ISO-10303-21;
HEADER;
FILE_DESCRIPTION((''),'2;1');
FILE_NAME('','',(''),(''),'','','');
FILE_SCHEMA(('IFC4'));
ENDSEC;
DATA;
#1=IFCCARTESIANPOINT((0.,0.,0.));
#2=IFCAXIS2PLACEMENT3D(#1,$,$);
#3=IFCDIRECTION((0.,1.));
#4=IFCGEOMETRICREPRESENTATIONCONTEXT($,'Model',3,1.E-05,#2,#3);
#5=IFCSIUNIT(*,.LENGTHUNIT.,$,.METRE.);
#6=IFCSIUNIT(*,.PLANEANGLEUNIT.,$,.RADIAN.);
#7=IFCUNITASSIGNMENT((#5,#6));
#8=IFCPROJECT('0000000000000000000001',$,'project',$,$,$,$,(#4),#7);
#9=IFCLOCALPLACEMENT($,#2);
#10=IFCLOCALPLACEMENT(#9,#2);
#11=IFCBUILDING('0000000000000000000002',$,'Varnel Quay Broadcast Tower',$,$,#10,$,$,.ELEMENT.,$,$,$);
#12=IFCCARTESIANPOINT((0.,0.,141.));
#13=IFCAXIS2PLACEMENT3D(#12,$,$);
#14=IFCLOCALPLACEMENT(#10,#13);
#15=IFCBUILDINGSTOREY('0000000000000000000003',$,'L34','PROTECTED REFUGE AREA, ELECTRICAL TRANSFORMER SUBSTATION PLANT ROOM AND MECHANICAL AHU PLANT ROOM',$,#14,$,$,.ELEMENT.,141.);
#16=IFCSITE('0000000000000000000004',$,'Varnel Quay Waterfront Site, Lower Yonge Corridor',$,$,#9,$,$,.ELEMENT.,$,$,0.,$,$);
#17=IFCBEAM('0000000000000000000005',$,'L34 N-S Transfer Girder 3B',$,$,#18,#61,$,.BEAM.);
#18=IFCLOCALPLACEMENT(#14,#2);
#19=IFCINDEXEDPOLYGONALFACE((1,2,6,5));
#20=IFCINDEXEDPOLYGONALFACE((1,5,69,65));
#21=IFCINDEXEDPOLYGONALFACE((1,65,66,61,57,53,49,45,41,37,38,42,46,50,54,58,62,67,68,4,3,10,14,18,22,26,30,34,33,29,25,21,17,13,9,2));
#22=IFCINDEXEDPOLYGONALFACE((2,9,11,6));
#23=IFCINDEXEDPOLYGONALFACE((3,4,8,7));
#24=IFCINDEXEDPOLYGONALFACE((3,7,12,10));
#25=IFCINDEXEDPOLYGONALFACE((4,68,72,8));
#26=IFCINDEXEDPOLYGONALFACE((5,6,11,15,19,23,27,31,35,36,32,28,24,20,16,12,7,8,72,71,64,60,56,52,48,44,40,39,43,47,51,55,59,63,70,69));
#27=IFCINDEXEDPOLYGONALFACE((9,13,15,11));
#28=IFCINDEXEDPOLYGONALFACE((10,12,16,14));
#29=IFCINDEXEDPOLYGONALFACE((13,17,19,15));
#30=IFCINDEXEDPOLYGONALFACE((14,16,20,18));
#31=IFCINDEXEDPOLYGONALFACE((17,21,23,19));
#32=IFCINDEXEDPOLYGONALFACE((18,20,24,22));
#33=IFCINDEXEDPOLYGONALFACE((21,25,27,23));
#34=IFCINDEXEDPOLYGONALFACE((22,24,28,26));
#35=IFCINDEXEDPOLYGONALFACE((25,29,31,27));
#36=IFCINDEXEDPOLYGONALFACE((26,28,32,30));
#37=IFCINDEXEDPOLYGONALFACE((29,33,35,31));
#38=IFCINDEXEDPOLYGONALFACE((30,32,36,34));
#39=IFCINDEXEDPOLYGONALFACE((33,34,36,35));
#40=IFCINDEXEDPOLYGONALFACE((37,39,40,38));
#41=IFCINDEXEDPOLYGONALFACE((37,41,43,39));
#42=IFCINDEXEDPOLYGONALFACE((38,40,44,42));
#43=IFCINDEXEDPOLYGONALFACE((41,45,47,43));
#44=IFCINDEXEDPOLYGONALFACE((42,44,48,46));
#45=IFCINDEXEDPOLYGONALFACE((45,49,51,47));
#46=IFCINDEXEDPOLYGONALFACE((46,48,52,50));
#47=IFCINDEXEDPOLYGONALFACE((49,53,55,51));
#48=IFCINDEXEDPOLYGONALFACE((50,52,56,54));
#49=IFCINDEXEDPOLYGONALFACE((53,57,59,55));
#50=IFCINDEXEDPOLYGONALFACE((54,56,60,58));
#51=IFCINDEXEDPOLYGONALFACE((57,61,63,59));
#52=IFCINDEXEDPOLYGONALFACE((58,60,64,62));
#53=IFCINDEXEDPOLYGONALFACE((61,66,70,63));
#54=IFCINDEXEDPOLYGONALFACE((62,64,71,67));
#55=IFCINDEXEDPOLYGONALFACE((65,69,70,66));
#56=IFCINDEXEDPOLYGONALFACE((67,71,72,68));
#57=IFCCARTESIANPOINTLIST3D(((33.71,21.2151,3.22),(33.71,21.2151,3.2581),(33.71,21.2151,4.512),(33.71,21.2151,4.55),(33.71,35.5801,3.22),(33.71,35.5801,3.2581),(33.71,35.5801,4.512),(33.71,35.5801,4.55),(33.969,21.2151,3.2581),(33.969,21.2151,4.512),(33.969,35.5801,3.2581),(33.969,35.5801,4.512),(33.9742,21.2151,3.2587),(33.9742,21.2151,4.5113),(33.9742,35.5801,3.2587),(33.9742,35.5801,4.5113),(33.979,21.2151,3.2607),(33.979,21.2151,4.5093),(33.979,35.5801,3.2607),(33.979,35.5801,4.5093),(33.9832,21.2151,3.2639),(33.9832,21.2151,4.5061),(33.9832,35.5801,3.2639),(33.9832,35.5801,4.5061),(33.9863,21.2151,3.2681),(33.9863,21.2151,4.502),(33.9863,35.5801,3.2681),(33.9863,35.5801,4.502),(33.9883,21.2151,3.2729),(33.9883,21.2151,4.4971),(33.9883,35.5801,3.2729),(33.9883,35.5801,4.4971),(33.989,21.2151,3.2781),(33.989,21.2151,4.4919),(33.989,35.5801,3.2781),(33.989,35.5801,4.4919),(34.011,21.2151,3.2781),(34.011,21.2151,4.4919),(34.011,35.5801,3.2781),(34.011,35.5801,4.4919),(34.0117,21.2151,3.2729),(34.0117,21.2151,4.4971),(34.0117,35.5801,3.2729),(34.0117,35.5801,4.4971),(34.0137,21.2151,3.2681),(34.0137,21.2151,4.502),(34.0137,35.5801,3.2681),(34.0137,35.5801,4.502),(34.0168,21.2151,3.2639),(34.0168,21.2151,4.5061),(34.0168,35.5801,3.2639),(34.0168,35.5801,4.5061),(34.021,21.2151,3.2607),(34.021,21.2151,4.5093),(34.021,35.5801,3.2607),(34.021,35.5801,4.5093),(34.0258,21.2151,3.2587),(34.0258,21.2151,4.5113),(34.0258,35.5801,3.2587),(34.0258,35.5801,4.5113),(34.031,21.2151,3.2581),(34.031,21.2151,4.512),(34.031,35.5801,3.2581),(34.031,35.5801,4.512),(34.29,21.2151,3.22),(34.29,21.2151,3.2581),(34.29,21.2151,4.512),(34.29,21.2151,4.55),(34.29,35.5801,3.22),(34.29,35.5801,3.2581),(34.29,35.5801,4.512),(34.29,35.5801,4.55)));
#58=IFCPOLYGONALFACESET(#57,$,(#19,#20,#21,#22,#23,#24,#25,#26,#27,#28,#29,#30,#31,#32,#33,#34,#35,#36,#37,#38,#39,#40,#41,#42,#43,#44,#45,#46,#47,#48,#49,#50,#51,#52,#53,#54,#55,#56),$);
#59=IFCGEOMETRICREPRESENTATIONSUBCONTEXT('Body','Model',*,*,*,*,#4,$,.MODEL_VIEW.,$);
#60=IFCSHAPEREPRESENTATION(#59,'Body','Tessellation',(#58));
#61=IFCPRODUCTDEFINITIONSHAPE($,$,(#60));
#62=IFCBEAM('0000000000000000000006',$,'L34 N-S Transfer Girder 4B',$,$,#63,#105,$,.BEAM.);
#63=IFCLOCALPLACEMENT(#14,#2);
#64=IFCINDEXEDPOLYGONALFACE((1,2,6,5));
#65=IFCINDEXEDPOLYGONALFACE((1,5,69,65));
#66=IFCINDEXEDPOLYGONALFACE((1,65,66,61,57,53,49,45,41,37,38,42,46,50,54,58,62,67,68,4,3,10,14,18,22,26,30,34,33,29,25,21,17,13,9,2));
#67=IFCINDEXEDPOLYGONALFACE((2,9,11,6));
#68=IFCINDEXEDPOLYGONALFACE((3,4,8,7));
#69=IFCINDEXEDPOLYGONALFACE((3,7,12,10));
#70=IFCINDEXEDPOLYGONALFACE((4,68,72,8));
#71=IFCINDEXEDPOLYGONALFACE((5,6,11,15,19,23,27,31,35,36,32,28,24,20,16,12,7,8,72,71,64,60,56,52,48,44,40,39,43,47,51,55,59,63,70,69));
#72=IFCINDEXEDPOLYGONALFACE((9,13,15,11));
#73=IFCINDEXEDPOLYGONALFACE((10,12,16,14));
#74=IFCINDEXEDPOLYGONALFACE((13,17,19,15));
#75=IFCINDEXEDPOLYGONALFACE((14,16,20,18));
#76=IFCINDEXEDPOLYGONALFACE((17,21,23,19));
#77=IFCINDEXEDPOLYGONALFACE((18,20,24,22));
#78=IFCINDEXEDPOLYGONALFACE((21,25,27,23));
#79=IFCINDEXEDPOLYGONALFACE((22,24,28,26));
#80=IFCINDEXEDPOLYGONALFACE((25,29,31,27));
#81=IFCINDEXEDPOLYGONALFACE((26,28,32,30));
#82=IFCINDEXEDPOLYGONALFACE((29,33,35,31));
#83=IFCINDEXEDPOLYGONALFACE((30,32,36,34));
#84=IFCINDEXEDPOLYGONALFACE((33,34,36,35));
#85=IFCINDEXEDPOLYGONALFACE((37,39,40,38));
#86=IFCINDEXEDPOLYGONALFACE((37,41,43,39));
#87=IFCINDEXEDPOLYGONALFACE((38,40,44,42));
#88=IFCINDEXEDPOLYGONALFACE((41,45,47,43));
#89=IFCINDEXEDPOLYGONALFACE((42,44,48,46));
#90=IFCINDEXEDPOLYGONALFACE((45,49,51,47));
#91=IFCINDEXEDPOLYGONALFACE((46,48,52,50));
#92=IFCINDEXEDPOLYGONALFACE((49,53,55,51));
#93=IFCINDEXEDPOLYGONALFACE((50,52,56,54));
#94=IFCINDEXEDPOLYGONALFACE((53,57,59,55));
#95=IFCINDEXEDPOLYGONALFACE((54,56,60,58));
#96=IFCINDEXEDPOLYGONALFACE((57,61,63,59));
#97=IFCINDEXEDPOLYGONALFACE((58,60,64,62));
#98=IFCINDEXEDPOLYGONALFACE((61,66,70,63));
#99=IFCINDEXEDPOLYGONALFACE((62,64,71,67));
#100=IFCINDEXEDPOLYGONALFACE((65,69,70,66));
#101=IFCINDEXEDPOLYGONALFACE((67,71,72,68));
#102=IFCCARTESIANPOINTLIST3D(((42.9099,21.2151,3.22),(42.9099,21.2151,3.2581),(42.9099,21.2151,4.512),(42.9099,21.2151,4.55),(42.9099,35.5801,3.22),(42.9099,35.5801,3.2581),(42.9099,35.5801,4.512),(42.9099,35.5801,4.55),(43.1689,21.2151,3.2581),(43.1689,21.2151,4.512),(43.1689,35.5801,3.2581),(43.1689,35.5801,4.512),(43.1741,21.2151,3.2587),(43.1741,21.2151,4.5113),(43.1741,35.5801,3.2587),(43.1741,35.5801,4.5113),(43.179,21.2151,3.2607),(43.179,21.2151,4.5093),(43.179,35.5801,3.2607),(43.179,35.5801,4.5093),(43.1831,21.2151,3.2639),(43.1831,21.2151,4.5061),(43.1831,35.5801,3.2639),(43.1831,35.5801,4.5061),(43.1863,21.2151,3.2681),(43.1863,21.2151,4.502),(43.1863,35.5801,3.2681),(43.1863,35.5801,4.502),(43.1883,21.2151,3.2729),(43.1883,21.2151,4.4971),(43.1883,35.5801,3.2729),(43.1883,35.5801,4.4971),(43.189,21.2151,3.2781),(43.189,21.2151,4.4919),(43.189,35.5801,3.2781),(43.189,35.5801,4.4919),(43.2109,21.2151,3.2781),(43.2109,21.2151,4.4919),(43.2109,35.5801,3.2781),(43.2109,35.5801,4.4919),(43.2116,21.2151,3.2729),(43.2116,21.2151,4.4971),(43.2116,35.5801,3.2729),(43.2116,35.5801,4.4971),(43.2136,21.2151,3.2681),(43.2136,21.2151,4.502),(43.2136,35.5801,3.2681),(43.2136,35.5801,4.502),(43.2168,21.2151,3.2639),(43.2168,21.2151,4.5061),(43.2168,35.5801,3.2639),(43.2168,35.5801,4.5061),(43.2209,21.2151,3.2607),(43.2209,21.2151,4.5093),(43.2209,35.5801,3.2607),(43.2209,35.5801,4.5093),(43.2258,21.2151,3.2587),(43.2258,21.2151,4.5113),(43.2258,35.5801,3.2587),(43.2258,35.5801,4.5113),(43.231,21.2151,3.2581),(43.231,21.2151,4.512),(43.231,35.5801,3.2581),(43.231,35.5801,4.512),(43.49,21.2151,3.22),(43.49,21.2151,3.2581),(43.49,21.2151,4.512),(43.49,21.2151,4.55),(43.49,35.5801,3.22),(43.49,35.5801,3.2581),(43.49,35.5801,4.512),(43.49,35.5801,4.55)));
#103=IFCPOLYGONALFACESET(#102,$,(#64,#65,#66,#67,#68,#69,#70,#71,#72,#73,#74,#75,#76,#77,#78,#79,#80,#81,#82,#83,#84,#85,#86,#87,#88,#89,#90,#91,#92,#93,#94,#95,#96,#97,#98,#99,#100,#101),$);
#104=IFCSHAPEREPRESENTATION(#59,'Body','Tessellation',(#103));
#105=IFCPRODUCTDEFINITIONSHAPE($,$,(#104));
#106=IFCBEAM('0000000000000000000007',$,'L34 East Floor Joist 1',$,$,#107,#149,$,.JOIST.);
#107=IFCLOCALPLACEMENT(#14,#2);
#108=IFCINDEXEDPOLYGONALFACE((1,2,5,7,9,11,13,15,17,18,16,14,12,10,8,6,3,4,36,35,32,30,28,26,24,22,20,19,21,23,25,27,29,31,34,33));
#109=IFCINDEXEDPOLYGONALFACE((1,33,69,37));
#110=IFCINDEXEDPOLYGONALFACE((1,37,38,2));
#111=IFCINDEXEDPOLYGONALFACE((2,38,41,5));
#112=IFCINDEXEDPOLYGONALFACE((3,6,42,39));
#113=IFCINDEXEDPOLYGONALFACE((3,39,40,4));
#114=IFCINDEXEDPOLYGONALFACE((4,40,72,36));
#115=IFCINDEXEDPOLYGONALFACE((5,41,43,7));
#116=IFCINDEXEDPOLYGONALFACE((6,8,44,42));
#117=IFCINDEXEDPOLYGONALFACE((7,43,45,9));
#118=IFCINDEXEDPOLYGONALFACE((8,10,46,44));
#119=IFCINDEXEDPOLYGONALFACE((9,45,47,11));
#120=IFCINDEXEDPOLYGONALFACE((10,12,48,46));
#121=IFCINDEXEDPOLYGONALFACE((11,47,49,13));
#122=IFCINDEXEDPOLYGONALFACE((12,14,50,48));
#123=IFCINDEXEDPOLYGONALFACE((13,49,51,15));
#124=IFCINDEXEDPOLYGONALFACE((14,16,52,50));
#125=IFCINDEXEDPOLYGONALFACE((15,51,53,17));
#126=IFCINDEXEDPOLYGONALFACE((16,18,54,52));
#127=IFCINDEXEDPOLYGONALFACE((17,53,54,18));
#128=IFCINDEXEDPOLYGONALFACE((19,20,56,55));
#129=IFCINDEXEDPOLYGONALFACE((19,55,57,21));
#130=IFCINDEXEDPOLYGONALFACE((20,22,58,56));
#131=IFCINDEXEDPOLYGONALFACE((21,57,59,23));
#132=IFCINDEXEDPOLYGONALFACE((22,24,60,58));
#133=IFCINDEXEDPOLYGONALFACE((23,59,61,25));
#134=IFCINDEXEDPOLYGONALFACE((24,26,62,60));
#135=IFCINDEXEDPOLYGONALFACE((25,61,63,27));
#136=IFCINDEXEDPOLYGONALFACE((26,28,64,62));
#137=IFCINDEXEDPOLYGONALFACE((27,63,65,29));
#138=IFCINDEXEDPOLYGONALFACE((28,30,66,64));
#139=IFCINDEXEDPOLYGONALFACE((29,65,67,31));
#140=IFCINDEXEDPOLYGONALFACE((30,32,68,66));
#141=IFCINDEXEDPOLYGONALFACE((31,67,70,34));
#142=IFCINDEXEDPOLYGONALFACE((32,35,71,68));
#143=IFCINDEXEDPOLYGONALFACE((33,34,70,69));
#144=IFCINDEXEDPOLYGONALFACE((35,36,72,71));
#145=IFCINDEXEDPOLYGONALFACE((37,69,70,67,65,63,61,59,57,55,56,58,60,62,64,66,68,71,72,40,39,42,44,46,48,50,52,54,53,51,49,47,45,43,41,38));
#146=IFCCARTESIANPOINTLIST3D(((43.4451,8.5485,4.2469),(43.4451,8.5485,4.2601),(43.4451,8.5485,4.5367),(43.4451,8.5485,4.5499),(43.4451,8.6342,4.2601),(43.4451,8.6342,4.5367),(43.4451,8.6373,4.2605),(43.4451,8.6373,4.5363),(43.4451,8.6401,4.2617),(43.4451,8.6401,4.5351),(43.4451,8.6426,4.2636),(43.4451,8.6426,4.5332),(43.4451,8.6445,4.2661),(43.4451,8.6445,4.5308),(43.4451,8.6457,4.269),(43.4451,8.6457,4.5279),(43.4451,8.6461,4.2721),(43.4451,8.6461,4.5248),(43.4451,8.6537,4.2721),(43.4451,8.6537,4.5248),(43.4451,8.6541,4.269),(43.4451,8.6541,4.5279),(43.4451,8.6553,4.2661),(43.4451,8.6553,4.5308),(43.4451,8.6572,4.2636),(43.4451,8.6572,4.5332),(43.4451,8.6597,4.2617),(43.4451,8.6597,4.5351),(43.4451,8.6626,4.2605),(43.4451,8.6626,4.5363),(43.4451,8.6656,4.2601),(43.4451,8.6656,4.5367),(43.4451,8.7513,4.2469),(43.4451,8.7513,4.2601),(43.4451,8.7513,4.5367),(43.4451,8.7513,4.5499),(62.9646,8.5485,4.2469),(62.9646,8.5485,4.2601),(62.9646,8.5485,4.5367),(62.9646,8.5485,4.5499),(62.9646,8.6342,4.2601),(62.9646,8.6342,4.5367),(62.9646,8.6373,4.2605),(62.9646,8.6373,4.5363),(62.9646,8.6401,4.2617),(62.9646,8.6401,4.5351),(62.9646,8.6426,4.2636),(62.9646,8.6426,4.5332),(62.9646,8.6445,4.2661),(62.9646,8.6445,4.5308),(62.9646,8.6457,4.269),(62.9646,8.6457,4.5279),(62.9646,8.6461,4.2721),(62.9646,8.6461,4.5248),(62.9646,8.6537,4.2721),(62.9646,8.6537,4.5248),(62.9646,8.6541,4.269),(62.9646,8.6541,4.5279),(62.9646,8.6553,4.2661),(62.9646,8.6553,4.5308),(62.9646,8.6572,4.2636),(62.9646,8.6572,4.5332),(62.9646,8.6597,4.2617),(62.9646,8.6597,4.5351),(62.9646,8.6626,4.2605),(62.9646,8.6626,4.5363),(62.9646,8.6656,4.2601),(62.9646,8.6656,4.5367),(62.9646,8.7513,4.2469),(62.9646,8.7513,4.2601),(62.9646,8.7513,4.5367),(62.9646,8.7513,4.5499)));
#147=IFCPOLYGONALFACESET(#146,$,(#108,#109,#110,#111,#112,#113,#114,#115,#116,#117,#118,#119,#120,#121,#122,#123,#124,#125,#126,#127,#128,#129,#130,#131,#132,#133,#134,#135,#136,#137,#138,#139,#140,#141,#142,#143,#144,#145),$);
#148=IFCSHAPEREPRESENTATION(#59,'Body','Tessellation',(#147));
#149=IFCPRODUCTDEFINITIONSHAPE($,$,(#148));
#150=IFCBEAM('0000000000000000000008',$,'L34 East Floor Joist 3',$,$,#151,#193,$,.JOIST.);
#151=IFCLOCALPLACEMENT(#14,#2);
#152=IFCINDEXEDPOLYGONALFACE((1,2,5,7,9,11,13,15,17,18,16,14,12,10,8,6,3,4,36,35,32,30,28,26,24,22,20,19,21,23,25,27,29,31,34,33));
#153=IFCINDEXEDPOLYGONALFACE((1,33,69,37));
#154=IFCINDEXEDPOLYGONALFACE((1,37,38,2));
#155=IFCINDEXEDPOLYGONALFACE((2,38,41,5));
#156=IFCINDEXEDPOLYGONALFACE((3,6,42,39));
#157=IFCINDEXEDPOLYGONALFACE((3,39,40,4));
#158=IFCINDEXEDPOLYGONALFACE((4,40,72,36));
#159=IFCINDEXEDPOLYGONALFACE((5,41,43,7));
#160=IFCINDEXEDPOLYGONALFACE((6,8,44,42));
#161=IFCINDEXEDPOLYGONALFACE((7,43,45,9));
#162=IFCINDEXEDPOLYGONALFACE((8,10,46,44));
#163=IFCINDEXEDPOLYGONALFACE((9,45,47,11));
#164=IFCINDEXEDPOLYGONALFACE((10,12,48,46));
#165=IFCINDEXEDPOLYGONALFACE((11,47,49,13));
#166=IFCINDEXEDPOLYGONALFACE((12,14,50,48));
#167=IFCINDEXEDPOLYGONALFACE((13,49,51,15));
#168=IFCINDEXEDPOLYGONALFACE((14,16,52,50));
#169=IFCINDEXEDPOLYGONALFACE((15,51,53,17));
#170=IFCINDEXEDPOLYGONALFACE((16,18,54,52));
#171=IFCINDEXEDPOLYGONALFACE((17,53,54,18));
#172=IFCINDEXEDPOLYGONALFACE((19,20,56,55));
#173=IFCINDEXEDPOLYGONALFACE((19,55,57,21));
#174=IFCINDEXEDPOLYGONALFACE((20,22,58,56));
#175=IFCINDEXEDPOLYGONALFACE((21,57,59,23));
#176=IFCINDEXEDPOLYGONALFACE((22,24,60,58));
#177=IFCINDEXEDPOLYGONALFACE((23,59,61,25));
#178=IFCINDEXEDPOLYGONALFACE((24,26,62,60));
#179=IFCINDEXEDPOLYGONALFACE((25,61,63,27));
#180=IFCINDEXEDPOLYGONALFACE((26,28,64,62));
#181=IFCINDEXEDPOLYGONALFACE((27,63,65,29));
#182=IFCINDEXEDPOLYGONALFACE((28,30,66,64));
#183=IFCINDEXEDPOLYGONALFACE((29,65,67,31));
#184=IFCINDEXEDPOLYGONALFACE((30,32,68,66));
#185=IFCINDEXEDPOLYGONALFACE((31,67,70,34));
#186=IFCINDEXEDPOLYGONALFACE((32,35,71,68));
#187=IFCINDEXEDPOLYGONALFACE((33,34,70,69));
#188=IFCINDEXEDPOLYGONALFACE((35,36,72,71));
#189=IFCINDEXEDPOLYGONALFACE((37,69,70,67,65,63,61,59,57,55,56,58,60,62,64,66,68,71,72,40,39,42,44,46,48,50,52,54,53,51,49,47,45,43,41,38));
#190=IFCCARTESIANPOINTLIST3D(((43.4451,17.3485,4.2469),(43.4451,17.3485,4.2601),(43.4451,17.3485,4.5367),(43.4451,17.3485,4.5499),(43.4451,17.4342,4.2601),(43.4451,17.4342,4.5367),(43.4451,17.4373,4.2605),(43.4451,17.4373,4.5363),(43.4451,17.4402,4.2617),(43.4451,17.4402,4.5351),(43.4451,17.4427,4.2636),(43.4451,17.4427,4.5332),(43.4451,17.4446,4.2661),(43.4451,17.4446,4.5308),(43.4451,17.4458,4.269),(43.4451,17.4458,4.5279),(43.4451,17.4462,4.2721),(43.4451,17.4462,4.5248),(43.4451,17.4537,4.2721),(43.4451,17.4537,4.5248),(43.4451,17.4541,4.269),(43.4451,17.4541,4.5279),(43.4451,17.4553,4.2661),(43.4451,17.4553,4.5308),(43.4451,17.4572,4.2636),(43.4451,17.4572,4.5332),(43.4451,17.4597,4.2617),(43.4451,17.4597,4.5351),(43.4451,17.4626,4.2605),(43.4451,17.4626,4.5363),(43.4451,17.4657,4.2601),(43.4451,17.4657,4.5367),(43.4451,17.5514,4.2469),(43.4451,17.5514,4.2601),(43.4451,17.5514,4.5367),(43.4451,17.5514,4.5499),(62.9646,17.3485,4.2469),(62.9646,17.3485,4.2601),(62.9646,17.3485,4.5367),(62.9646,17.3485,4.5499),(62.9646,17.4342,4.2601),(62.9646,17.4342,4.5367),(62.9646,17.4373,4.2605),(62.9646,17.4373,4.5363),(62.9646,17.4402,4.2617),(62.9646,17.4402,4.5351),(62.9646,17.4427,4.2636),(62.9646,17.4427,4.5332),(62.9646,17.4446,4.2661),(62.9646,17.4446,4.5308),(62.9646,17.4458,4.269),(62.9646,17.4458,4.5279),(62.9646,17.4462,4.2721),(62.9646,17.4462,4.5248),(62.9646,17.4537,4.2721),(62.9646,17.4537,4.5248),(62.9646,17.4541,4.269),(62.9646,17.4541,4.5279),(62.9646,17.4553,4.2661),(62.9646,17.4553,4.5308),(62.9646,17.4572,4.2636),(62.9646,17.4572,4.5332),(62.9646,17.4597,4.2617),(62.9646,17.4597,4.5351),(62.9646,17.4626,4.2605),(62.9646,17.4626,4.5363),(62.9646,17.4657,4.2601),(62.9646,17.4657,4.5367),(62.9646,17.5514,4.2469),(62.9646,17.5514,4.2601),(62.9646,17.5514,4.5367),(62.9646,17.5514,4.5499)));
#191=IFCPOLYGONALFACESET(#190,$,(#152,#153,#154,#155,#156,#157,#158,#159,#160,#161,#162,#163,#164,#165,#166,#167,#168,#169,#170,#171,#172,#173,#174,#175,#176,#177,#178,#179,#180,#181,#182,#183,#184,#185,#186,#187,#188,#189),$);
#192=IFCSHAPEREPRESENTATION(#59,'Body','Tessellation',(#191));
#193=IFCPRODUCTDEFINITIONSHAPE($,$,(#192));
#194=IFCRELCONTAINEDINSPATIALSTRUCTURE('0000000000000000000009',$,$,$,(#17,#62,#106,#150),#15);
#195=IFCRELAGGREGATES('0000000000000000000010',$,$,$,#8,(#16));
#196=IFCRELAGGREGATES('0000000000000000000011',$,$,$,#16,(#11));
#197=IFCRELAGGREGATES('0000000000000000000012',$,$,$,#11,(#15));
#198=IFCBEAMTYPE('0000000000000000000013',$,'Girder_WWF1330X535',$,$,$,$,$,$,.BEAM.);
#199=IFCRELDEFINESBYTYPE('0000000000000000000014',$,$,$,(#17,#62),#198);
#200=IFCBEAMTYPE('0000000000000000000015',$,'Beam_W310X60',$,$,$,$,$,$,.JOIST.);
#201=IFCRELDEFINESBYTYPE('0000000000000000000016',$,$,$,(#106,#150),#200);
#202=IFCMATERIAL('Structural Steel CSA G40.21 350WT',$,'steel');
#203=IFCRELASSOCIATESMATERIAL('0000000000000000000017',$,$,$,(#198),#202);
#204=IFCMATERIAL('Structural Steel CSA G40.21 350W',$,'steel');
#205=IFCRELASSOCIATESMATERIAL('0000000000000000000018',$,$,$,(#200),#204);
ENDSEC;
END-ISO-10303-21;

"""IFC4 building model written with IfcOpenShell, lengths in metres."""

from ifc_helpers import new_model, si_unit, direction, frame, origin, origin_2d, place, context, subcontext, project, spatial, i_section, extrude, source, transform, mapped, material, material_profile, profile_set, type_object, type_shapes, element, save


model = new_model("IFC4")

# Units and contexts
model_context = context("Model", 3, precision=1e-05, world=origin(), true_north=direction((0.0, 1.0)))
body_context = subcontext(model_context, "Body", "Model", "MODEL_VIEW")
ifc_project = project(units=[si_unit("LENGTHUNIT", "METRE"), si_unit("PLANEANGLEUNIT", "RADIAN")], contexts=[model_context])

# Site, building, storey
site_placement = place(None, origin())
site = spatial("IfcSite", under=ifc_project, at=site_placement, Name="Varnel Quay Waterfront Site, Lower Yonge Corridor", CompositionType="ELEMENT", RefElevation=0.0)
building_placement = place(site_placement, origin())
building = spatial("IfcBuilding", under=site, at=building_placement, Name="Varnel Quay Broadcast Tower", CompositionType="ELEMENT")
storey_placement = place(building_placement, frame((0.0, 0.0, 141.0)))
storey = spatial("IfcBuildingStorey", under=building, at=storey_placement, Name="L34", Description="PROTECTED REFUGE AREA, ELECTRICAL TRANSFORMER SUBSTATION PLANT ROOM AND MECHANICAL AHU PLANT ROOM", CompositionType="ELEMENT", Elevation=141.0)

# Beams
ifc_material_1 = material(Name="Structural Steel CSA G40.21 350WT", Category="steel")
ifc_material_profile_1 = material_profile(ifc_material_1, i_section(OverallWidth=0.5801, OverallDepth=1.3301, WebThickness=0.022, FlangeThickness=0.0381, FilletRadius=0.02, at=origin_2d()), Name="WWF1330X535")
ifc_profile_set_1 = profile_set([ifc_material_profile_1], Name="Structural Steel CSA G40.21 350WT")
beam_type_1 = type_object("IfcBeamType", Name="Girder_WWF1330X535", PredefinedType="BEAM", material=ifc_profile_set_1)
shared_shape_1 = source(origin(), body_context, "Body", "SweptSolid", [
    extrude(i_section(OverallWidth=0.5801, OverallDepth=1.3301, WebThickness=0.022, FlangeThickness=0.0381, FilletRadius=0.02, at=origin_2d()), origin(), (0.0, 0.0, 1.0), 14.365),
])
for number, where, z_axis, x_axis, name in (
    (1, (34.0, 21.2151, 3.885), (0.0, 1.0, 0.0), (-1.0, 0.0, 0.0), "L34 N-S Transfer Girder 3B"),
    (2, (43.2, 21.2151, 3.885), (0.0, 1.0, 0.0), (-1.0, 0.0, 0.0), "L34 N-S Transfer Girder 4B"),
):
    element("IfcBeam", number, at=place(storey_placement, frame(where, z_axis=z_axis, x_axis=x_axis)), inside=storey, type_object=beam_type_1, Name=name, PredefinedType="BEAM", context=body_context, shape_type="MappedRepresentation", body=[
        mapped(shared_shape_1, transform((0.0, 0.0, 0.0), x_axis=(1.0, 0.0, 0.0), y_axis=(0.0, 1.0, 0.0), z_axis=(0.0, 0.0, 1.0), scale=1.0)),
    ])
ifc_material_2 = material(Name="Structural Steel CSA G40.21 350W", Category="steel")
ifc_material_profile_2 = material_profile(ifc_material_2, i_section(OverallWidth=0.2029, OverallDepth=0.303, WebThickness=0.0076, FlangeThickness=0.0132, FilletRadius=0.012, at=origin_2d()), Name="W310X60")
ifc_profile_set_2 = profile_set([ifc_material_profile_2], Name="Structural Steel CSA G40.21 350W")
beam_type_2 = type_object("IfcBeamType", Name="Beam_W310X60", PredefinedType="JOIST", material=ifc_profile_set_2)
shared_shape_2 = source(origin(), body_context, "Body", "SweptSolid", [
    extrude(i_section(OverallWidth=0.2029, OverallDepth=0.303, WebThickness=0.0076, FlangeThickness=0.0132, FilletRadius=0.012, at=origin_2d()), origin(), (0.0, 0.0, 1.0), 19.5195),
])
type_shapes(beam_type_2, [shared_shape_2])
for number, where, z_axis, x_axis, name in (
    (3, (43.4451, 8.6499, 4.3984), (1.0, 0.0, 0.0), (0.0, 1.0, 0.0), "L34 East Floor Joist 1"),
    (4, (43.4451, 17.45, 4.3984), (1.0, 0.0, 0.0), (0.0, 1.0, 0.0), "L34 East Floor Joist 3"),
):
    element("IfcBeam", number, at=place(storey_placement, frame(where, z_axis=z_axis, x_axis=x_axis)), inside=storey, type_object=beam_type_2, Name=name, PredefinedType="JOIST", context=body_context, shape_type="MappedRepresentation", body=[
        mapped(shared_shape_2, transform((0.0, 0.0, 0.0), x_axis=(1.0, 0.0, 0.0), y_axis=(0.0, 1.0, 0.0), z_axis=(0.0, 0.0, 1.0), scale=1.0)),
    ])

save(model, "model.ifc")
